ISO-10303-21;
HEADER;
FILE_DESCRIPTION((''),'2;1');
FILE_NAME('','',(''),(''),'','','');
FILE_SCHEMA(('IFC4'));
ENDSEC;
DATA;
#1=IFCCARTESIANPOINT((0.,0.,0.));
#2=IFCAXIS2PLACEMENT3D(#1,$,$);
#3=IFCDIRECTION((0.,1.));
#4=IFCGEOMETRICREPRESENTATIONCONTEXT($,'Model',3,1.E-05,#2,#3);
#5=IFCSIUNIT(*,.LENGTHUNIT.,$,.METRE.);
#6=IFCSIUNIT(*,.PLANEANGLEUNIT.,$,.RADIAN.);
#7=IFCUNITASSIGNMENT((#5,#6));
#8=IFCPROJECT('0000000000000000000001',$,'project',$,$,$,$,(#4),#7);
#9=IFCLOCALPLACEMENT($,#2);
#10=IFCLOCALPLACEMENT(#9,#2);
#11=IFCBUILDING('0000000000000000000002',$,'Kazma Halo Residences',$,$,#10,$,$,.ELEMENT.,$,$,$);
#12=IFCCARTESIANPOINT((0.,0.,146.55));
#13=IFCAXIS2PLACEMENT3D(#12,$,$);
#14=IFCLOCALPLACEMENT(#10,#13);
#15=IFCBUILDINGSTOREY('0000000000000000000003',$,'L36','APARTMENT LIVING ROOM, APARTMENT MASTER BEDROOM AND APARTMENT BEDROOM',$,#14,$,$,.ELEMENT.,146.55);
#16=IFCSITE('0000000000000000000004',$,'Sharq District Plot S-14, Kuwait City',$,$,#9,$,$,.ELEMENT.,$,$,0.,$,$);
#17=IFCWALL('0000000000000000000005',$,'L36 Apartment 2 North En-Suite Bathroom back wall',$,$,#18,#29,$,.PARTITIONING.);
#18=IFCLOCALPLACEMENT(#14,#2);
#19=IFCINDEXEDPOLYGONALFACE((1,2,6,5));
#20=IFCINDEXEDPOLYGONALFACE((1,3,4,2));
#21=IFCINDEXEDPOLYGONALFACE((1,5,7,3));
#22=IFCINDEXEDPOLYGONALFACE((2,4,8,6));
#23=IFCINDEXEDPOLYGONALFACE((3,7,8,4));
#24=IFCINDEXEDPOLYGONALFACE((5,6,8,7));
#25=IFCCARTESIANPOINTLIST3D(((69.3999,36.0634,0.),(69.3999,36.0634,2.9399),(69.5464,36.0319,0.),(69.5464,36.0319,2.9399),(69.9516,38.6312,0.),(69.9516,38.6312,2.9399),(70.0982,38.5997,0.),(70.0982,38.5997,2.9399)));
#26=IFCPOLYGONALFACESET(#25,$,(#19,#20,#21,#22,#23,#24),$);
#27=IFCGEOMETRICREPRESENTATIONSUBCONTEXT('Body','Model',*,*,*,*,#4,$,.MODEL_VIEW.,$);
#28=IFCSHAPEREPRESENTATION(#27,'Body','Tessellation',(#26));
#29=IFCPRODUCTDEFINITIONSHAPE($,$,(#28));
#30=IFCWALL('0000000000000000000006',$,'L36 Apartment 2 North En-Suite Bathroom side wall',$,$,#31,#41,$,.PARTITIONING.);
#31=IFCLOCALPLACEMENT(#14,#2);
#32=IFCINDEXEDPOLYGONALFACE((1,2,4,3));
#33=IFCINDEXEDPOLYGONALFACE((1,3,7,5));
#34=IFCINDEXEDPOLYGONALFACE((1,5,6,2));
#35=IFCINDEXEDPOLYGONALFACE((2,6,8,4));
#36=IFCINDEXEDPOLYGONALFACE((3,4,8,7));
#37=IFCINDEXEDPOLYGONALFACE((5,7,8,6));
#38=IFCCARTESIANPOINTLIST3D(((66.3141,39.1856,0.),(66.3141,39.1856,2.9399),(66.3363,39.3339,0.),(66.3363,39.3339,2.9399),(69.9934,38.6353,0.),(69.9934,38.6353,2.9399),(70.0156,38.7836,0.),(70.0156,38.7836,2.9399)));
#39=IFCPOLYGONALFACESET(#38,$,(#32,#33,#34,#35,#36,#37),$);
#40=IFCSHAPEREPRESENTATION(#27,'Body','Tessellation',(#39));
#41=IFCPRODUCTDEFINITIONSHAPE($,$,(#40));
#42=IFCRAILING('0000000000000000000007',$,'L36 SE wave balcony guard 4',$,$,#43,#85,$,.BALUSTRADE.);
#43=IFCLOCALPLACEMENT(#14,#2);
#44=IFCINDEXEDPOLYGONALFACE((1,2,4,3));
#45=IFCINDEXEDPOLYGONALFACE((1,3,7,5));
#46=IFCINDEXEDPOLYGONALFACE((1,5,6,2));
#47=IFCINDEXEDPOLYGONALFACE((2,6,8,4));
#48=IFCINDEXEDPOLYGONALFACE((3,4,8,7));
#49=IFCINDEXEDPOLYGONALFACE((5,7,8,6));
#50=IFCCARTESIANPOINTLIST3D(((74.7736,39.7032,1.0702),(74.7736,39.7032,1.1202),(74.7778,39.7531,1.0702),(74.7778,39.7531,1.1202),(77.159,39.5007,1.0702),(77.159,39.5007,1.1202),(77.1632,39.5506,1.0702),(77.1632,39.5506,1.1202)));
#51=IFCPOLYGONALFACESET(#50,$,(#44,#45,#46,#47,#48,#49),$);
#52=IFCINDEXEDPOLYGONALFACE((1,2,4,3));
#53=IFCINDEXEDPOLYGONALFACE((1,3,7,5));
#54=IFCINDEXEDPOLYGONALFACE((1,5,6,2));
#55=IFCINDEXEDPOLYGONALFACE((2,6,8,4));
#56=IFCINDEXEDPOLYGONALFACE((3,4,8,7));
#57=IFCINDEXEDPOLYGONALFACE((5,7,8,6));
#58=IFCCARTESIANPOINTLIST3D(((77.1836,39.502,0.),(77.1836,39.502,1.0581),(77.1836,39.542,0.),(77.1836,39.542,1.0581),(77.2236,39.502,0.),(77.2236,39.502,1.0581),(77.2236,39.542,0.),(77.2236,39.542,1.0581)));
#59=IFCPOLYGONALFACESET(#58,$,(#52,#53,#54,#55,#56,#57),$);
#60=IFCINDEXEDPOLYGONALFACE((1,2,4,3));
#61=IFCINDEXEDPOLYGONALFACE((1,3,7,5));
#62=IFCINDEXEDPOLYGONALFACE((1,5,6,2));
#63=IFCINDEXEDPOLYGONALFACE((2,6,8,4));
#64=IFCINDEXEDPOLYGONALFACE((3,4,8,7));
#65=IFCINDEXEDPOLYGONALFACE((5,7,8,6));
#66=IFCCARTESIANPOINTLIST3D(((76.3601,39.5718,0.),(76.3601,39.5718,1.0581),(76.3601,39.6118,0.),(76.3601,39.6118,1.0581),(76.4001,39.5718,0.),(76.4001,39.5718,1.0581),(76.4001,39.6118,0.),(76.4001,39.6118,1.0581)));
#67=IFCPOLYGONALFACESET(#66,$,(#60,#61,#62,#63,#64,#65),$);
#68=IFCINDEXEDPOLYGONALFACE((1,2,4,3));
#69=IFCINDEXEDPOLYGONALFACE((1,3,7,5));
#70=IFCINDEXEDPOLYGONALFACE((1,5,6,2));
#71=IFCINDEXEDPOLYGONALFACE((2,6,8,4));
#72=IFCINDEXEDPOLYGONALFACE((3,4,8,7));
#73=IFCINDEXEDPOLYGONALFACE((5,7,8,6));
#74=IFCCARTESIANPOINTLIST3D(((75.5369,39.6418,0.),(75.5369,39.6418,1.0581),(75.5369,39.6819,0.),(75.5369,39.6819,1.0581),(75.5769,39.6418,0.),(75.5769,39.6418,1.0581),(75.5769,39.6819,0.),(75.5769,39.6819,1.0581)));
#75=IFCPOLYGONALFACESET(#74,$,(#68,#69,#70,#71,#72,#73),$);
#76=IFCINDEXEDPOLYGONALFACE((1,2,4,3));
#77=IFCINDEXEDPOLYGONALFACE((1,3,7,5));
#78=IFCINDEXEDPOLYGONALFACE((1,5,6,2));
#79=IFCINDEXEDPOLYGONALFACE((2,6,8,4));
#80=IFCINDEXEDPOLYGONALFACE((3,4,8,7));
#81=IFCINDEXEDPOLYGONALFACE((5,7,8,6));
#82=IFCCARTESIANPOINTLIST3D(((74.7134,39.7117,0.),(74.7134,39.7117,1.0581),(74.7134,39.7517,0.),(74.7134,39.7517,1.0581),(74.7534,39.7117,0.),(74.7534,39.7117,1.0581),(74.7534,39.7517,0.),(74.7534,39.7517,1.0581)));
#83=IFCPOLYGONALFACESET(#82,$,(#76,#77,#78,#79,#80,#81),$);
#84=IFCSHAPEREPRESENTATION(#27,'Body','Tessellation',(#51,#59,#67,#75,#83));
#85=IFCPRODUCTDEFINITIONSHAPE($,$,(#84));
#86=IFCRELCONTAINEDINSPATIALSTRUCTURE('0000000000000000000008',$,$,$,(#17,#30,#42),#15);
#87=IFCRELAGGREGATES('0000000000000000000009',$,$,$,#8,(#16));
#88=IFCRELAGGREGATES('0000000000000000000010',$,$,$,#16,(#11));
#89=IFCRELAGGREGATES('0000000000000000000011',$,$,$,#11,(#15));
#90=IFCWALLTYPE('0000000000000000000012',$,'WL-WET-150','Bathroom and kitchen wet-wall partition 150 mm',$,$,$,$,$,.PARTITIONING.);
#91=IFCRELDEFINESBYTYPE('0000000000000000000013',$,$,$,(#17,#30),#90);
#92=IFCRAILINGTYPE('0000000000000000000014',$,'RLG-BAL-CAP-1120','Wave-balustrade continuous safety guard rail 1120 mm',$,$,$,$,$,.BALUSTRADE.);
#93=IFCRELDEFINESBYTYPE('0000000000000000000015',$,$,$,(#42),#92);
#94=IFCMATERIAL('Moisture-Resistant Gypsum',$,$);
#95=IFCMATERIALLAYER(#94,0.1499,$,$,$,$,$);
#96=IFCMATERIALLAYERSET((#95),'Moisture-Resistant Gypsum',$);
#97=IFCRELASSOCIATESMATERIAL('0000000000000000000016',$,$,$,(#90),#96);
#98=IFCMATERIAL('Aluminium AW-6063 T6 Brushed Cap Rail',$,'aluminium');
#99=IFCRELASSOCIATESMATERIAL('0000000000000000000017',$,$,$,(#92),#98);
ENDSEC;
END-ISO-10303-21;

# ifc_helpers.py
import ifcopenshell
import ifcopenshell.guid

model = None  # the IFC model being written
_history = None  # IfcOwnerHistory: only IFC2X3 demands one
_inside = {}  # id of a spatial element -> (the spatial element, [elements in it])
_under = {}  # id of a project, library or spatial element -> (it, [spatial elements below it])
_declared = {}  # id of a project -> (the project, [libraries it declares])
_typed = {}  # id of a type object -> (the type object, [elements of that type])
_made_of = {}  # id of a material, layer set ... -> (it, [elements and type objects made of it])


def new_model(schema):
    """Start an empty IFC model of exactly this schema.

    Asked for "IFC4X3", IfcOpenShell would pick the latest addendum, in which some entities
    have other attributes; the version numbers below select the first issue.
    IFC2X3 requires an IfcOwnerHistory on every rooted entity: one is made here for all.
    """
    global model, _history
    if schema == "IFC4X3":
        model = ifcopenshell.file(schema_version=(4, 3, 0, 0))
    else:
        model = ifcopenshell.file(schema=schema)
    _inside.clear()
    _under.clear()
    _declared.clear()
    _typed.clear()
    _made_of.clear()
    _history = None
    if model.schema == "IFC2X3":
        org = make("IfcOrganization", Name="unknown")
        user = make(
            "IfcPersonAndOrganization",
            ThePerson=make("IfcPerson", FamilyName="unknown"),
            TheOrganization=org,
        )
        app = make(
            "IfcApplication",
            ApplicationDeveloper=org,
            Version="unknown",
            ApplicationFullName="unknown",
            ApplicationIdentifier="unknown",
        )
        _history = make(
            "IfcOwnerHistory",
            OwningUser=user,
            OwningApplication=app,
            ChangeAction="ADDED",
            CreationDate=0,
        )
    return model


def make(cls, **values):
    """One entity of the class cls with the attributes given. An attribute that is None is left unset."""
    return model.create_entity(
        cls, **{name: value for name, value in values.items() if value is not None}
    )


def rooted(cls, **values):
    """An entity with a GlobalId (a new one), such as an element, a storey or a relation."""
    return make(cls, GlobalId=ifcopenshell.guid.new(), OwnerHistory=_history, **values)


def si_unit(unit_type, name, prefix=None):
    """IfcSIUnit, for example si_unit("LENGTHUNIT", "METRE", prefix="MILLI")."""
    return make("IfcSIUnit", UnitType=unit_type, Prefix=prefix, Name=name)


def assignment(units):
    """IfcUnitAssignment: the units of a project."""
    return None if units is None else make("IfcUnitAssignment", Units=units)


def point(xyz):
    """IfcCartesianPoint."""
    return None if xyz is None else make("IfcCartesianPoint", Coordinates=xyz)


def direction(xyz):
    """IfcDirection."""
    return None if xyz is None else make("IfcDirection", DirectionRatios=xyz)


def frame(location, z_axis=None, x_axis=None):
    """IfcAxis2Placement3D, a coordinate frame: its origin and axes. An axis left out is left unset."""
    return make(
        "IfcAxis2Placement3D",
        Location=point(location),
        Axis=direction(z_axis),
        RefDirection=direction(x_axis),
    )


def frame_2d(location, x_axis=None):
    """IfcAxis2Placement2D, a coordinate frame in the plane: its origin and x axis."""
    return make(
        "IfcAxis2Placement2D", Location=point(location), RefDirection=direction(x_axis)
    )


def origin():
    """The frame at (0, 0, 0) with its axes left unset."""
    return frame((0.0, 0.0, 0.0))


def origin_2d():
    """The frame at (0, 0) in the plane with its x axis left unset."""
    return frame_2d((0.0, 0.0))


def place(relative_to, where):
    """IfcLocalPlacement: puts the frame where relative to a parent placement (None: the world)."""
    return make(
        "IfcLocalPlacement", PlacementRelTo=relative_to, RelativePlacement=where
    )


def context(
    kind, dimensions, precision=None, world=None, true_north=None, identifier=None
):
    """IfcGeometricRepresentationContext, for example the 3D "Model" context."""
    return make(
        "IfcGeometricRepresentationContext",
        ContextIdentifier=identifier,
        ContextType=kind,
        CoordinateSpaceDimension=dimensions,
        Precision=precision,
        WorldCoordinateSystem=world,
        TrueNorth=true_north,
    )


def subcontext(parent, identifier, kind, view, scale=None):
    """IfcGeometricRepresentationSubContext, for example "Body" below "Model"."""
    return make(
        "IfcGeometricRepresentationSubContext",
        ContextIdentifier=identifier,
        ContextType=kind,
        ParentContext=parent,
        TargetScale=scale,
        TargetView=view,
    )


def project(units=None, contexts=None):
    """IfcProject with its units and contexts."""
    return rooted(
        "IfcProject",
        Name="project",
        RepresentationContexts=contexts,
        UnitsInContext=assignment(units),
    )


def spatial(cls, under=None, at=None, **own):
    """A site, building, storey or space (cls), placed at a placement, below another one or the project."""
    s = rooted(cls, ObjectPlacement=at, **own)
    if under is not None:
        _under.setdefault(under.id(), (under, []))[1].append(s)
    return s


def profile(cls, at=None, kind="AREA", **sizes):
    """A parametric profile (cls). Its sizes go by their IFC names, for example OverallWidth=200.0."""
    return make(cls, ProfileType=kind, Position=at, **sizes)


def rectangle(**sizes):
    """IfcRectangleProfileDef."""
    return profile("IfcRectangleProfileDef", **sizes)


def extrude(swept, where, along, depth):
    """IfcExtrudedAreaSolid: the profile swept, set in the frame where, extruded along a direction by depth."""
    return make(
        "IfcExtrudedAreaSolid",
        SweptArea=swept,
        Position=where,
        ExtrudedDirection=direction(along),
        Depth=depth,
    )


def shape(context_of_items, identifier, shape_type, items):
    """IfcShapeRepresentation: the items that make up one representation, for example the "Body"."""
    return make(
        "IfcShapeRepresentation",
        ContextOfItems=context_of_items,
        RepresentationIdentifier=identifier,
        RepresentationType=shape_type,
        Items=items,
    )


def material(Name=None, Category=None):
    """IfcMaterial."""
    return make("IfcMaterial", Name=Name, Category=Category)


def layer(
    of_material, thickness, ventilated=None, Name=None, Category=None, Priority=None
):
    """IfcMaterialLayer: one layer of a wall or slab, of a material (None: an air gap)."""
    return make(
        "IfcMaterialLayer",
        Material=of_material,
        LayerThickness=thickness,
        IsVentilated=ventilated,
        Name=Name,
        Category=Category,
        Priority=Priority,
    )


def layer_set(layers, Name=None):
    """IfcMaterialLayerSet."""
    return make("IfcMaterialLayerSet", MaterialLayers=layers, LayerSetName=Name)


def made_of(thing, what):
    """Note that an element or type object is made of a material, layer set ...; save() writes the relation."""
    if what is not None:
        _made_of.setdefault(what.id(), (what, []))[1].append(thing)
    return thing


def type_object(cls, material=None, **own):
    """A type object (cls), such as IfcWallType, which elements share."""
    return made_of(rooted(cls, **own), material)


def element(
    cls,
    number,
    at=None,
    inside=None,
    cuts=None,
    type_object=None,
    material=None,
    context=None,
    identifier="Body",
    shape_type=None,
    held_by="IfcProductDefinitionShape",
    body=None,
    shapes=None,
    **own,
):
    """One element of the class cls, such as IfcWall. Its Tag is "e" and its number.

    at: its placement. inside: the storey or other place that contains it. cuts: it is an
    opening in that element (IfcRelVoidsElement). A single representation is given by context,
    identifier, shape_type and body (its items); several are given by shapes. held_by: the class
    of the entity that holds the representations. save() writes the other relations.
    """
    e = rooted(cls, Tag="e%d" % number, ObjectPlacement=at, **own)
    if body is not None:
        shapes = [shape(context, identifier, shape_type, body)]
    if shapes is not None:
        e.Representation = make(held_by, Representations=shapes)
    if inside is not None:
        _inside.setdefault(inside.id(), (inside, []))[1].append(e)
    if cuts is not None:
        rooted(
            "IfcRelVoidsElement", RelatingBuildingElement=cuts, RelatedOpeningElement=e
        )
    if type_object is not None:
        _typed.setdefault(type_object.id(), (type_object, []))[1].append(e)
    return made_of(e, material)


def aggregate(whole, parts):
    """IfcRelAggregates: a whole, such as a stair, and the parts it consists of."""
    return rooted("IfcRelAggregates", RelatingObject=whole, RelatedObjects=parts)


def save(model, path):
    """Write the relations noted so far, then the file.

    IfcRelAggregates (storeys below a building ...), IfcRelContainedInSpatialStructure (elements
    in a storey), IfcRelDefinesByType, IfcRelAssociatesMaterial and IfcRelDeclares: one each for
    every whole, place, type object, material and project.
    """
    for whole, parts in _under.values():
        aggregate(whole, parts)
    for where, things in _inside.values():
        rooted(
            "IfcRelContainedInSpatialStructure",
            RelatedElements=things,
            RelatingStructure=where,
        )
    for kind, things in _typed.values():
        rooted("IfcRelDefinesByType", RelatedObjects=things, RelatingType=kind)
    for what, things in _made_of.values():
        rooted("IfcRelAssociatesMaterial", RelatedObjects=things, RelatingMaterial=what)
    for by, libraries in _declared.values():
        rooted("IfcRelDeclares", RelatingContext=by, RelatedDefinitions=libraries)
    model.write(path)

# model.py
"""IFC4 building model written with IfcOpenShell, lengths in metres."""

from ifc_helpers import new_model, si_unit, direction, frame, frame_2d, origin, origin_2d, place, context, subcontext, project, spatial, rectangle, extrude, material, layer, layer_set, type_object, element, save


model = new_model("IFC4")

# Units and contexts
model_context = context("Model", 3, precision=1e-05, world=origin(), true_north=direction((0.0, 1.0)))
body_context = subcontext(model_context, "Body", "Model", "MODEL_VIEW")
ifc_project = project(units=[si_unit("LENGTHUNIT", "METRE"), si_unit("PLANEANGLEUNIT", "RADIAN")], contexts=[model_context])

# Site, building, storey
site_placement = place(None, origin())
site = spatial("IfcSite", under=ifc_project, at=site_placement, Name="Sharq District Plot S-14, Kuwait City", CompositionType="ELEMENT", RefElevation=0.0)
building_placement = place(site_placement, origin())
building = spatial("IfcBuilding", under=site, at=building_placement, Name="Kazma Halo Residences", CompositionType="ELEMENT")
storey_placement = place(building_placement, frame((0.0, 0.0, 146.55)))
storey = spatial("IfcBuildingStorey", under=building, at=storey_placement, Name="L36", Description="APARTMENT LIVING ROOM, APARTMENT MASTER BEDROOM AND APARTMENT BEDROOM", CompositionType="ELEMENT", Elevation=146.55)

# Shared definitions
ifc_material_1 = material(Name="Moisture-Resistant Gypsum")
ifc_layer_1 = layer(ifc_material_1, 0.1499)
ifc_layer_set_1 = layer_set([ifc_layer_1], Name="Moisture-Resistant Gypsum")
wall_type_1 = type_object("IfcWallType", Name="WL-WET-150", Description="Bathroom and kitchen wet-wall partition 150 mm", PredefinedType="PARTITIONING", material=ifc_layer_set_1)

# Walls
wall_1_placement = place(storey_placement, frame((69.4731, 36.0476, 0.0), z_axis=(0.0, 0.0, 1.0), x_axis=(0.210075, 0.977685, 0.0)))
element("IfcWall", 1, at=wall_1_placement, inside=storey, type_object=wall_type_1, Name="L36 Apartment 2 North En-Suite Bathroom back wall", PredefinedType="PARTITIONING", context=body_context, shape_type="SweptSolid", body=[
    extrude(rectangle(XDim=2.6265, YDim=0.1499, at=frame_2d((1.3132, 0.0))), origin(), (0.0, 0.0, 1.0), 2.9399),
])
wall_2_placement = place(storey_placement, frame((66.3252, 39.2598, 0.0), z_axis=(0.0, 0.0, 1.0), x_axis=(0.988999, -0.147923, 0.0)))
element("IfcWall", 2, at=wall_2_placement, inside=storey, type_object=wall_type_1, Name="L36 Apartment 2 North En-Suite Bathroom side wall", PredefinedType="PARTITIONING", context=body_context, shape_type="SweptSolid", body=[
    extrude(rectangle(XDim=3.7202, YDim=0.1499, at=frame_2d((1.8601, 0.0))), origin(), (0.0, 0.0, 1.0), 2.9399),
])

# Railing
ifc_material_2 = material(Name="Aluminium AW-6063 T6 Brushed Cap Rail", Category="aluminium")
railing_type = type_object("IfcRailingType", Name="RLG-BAL-CAP-1120", Description="Wave-balustrade continuous safety guard rail 1120 mm", PredefinedType="BALUSTRADE", material=ifc_material_2)
railing_placement = place(storey_placement, frame((77.2036, 39.522, 0.0)))
element("IfcRailing", 3, at=railing_placement, inside=storey, type_object=railing_type, Name="L36 SE wave balcony guard 4", PredefinedType="BALUSTRADE", context=body_context, shape_type="SweptSolid", body=[
    extrude(rectangle(XDim=0.05, YDim=0.05, at=origin_2d()), frame((-0.0425, 0.0037, 1.0952), z_axis=(-0.996416, 0.084594, 0.0), x_axis=(-0.084594, -0.996416, 0.0)), (0.0, 0.0, 1.0), 2.394),
    extrude(rectangle(XDim=0.04, YDim=0.04, at=origin_2d()), origin(), (0.0, 0.0, 1.0), 1.0581),
    extrude(rectangle(XDim=0.04, YDim=0.04, at=origin_2d()), frame((-0.8235, 0.0698, 0.0)), (0.0, 0.0, 1.0), 1.0581),
    extrude(rectangle(XDim=0.04, YDim=0.04, at=origin_2d()), frame((-1.6467, 0.1399, 0.0)), (0.0, 0.0, 1.0), 1.0581),
    extrude(rectangle(XDim=0.04, YDim=0.04, at=origin_2d()), frame((-2.4702, 0.2097, 0.0)), (0.0, 0.0, 1.0), 1.0581),
])

save(model, "model.ifc")
